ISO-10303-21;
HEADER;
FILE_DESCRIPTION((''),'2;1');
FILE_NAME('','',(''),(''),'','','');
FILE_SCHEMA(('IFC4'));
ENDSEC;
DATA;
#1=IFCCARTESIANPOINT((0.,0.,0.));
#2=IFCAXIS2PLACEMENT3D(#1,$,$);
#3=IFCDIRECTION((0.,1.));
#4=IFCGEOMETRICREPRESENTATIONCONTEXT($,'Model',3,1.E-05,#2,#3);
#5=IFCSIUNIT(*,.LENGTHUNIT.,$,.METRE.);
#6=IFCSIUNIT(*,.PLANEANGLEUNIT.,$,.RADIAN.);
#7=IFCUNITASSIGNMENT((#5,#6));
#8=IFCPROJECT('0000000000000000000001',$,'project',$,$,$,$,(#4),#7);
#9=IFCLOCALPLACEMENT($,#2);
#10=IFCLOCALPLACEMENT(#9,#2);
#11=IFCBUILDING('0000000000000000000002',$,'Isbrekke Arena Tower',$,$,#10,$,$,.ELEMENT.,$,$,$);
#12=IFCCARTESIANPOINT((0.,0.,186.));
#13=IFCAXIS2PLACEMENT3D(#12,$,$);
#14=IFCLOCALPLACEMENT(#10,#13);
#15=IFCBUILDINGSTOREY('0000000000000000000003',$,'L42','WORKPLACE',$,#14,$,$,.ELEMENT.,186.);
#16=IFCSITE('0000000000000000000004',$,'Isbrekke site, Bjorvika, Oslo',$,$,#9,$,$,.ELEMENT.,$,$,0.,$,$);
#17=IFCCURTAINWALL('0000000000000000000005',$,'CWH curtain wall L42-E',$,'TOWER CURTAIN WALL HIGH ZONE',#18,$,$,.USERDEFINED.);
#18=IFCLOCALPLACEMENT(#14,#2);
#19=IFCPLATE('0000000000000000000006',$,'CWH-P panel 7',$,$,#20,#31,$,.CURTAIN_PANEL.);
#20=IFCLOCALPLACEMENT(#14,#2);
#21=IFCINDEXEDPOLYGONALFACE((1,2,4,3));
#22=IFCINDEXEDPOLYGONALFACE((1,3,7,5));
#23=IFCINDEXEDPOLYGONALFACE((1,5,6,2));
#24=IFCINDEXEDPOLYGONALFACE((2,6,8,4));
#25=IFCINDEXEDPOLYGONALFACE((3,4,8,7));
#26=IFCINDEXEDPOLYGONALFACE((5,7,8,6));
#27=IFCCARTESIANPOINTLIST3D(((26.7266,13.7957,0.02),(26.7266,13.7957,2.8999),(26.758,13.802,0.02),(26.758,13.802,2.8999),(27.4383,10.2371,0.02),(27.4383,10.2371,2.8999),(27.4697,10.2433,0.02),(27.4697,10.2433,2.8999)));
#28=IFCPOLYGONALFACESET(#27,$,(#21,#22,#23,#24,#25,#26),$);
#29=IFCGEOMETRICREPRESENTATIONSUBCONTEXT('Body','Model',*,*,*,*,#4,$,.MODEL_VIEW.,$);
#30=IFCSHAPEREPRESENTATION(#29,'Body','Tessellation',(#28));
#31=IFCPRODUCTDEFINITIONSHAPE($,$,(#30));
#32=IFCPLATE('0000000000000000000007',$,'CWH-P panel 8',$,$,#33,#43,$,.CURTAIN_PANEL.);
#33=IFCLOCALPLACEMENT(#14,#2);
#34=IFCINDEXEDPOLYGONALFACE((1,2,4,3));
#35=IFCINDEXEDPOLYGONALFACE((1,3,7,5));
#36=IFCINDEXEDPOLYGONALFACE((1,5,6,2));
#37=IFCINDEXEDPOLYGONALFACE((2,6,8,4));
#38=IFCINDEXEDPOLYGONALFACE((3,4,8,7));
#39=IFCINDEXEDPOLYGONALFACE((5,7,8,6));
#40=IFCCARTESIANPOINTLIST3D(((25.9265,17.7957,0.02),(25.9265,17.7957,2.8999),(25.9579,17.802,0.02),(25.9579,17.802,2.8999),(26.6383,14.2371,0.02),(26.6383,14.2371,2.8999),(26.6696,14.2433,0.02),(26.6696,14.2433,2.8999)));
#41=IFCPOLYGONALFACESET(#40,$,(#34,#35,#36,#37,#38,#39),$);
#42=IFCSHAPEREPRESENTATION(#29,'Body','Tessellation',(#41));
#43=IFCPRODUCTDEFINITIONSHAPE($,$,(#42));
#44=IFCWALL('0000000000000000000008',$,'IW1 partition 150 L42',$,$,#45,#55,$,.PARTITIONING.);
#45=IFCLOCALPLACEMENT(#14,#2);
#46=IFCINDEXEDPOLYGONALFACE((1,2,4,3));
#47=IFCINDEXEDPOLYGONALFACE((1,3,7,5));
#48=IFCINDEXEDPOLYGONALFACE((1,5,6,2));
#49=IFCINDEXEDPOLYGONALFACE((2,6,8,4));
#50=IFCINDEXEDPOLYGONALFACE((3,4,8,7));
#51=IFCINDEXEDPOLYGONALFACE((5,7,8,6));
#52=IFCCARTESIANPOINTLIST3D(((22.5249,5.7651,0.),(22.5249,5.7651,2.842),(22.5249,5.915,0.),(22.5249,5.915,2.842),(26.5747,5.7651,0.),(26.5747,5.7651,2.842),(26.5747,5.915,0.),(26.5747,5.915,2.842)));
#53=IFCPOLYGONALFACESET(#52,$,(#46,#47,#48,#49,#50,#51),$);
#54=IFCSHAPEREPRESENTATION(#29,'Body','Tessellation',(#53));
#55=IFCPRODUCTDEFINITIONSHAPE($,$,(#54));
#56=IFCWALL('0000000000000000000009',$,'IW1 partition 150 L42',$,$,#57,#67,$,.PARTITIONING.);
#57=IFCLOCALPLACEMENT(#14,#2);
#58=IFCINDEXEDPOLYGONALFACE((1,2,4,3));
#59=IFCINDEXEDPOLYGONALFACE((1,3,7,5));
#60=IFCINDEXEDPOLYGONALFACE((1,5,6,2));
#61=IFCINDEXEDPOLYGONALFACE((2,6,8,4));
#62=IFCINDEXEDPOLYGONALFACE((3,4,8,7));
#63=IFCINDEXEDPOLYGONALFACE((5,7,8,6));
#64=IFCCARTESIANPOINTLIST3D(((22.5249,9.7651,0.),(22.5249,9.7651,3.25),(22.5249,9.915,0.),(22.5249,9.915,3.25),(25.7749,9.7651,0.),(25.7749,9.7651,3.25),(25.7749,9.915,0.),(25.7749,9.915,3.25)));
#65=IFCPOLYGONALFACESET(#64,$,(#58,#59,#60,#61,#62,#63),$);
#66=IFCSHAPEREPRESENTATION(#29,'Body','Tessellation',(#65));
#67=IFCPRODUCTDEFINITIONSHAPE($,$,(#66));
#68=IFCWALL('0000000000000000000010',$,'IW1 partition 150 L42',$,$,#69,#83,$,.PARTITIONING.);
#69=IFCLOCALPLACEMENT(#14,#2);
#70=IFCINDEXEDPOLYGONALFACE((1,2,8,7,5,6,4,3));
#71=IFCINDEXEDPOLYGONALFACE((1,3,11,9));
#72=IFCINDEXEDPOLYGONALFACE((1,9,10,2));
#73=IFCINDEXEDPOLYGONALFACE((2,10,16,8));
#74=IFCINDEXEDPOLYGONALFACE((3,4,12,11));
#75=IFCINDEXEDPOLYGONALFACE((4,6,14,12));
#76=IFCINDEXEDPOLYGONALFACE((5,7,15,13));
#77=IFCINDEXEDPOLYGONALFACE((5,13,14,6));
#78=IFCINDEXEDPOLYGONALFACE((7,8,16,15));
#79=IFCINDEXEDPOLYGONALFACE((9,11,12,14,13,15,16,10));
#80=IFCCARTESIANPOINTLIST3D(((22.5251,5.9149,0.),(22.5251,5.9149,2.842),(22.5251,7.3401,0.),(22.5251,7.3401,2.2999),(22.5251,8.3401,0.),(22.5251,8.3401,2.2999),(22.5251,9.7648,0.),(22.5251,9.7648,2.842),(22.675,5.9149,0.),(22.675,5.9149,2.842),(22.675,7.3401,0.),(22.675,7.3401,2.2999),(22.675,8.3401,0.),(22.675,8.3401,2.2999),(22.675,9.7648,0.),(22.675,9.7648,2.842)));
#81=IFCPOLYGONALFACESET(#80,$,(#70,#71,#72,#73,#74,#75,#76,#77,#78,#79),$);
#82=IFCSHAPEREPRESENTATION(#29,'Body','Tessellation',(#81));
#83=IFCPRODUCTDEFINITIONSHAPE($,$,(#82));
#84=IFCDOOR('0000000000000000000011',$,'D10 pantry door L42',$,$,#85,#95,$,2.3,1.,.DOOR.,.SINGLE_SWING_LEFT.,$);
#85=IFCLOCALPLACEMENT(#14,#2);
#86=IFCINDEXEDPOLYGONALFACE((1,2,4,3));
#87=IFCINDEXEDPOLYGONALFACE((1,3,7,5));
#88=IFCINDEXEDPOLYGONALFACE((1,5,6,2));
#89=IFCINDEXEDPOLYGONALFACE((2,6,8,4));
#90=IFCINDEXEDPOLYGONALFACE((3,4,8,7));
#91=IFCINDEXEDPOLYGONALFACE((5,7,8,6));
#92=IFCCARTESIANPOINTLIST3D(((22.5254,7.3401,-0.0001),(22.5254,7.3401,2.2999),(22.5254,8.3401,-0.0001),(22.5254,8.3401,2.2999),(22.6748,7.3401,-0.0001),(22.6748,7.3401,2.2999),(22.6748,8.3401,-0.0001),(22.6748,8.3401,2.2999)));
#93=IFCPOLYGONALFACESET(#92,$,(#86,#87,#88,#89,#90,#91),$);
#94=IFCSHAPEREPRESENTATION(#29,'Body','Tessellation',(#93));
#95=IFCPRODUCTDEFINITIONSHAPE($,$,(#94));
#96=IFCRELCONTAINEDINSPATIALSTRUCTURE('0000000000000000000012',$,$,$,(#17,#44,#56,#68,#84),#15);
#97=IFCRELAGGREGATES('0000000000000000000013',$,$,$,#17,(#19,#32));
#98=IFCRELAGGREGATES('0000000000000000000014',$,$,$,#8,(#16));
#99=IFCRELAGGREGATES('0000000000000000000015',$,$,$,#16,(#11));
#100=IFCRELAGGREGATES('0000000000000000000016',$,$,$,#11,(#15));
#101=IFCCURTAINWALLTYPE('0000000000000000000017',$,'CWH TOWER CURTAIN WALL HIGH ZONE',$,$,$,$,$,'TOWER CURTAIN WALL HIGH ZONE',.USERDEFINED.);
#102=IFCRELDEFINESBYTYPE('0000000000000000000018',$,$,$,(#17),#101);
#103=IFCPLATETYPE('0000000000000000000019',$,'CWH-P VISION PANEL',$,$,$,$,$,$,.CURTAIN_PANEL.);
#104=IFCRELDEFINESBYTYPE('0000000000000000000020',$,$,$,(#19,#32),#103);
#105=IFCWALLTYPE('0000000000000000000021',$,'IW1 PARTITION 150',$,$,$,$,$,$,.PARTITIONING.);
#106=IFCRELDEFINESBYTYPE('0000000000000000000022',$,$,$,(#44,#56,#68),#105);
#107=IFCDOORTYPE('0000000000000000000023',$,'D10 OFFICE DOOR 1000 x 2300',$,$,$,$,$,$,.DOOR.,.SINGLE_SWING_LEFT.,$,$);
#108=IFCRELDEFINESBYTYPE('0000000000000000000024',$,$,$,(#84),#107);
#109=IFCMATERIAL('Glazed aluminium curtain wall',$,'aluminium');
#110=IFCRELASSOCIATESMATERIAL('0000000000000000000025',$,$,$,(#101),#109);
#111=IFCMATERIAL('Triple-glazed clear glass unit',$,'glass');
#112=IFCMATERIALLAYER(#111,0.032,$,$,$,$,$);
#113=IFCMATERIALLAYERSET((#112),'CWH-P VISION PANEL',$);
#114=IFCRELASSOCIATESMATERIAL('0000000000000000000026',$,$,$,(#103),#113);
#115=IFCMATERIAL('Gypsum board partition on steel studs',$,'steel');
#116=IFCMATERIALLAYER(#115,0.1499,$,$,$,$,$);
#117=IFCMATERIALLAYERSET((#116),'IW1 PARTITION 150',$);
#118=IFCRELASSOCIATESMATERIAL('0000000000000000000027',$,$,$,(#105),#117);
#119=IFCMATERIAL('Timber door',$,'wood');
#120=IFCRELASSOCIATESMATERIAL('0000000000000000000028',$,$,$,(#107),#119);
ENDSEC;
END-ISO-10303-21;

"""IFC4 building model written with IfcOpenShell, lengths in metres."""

from ifc_helpers import new_model, si_unit, direction, frame, frame_2d, origin, origin_2d, place, context, subcontext, project, spatial, rectangle, extrude, material, layer, layer_set, type_object, element, fill, aggregate, save


model = new_model("IFC4")

# Units and contexts
model_context = context("Model", 3, precision=1e-05, world=origin(), true_north=direction((0.0, 1.0)))
body_context = subcontext(model_context, "Body", "Model", "MODEL_VIEW")
ifc_project = project(units=[si_unit("LENGTHUNIT", "METRE"), si_unit("PLANEANGLEUNIT", "RADIAN")], contexts=[model_context])

# Site, building, storey
site_placement = place(None, origin())
site = spatial("IfcSite", under=ifc_project, at=site_placement, Name="Isbrekke site, Bjorvika, Oslo", CompositionType="ELEMENT", RefElevation=0.0)
building_placement = place(site_placement, origin())
building = spatial("IfcBuilding", under=site, at=building_placement, Name="Isbrekke Arena Tower", CompositionType="ELEMENT")
storey_placement = place(building_placement, frame((0.0, 0.0, 186.0)))
storey = spatial("IfcBuildingStorey", under=building, at=storey_placement, Name="L42", Description="WORKPLACE", CompositionType="ELEMENT", Elevation=186.0)

# Curtain wall
ifc_material_1 = material(Name="Glazed aluminium curtain wall", Category="aluminium")
curtain_wall_type = type_object("IfcCurtainWallType", Name="CWH TOWER CURTAIN WALL HIGH ZONE", ElementType="TOWER CURTAIN WALL HIGH ZONE", PredefinedType="USERDEFINED", material=ifc_material_1)
curtain_wall_placement = place(storey_placement, origin())
curtain_wall = element("IfcCurtainWall", 1, at=curtain_wall_placement, inside=storey, type_object=curtain_wall_type, Name="CWH curtain wall L42-E", ObjectType="TOWER CURTAIN WALL HIGH ZONE", PredefinedType="USERDEFINED")

# Plates
ifc_material_2 = material(Name="Triple-glazed clear glass unit", Category="glass")
ifc_layer_1 = layer(ifc_material_2, 0.032)
ifc_layer_set_1 = layer_set([ifc_layer_1], Name="CWH-P VISION PANEL")
plate_type = type_object("IfcPlateType", Name="CWH-P VISION PANEL", PredefinedType="CURTAIN_PANEL", material=ifc_layer_set_1)
plate_1_placement = place(storey_placement, frame((27.0981, 12.0195, 0.02), z_axis=(0.0, 0.0, 1.0), x_axis=(-0.196116, 0.980581, 0.0)))
plate_1 = element("IfcPlate", 2, at=plate_1_placement, type_object=plate_type, Name="CWH-P panel 7", PredefinedType="CURTAIN_PANEL", context=body_context, shape_type="SweptSolid", body=[
    extrude(rectangle(XDim=3.6292, YDim=0.032, at=origin_2d()), origin(), (0.0, 0.0, 1.0), 2.8799),
])
plate_2_placement = place(storey_placement, frame((26.2981, 16.0195, 0.02), z_axis=(0.0, 0.0, 1.0), x_axis=(-0.196116, 0.980581, 0.0)))
plate_2 = element("IfcPlate", 3, at=plate_2_placement, type_object=plate_type, Name="CWH-P panel 8", PredefinedType="CURTAIN_PANEL", context=body_context, shape_type="SweptSolid", body=[
    extrude(rectangle(XDim=3.6292, YDim=0.032, at=origin_2d()), origin(), (0.0, 0.0, 1.0), 2.8799),
])
aggregate(curtain_wall, [plate_1, plate_2])

# Walls
ifc_material_3 = material(Name="Gypsum board partition on steel studs", Category="steel")
ifc_layer_2 = layer(ifc_material_3, 0.1499)
ifc_layer_set_2 = layer_set([ifc_layer_2], Name="IW1 PARTITION 150")
wall_type = type_object("IfcWallType", Name="IW1 PARTITION 150", PredefinedType="PARTITIONING", material=ifc_layer_set_2)
wall_1_placement = place(storey_placement, frame((22.5249, 5.8401, 0.0), z_axis=(0.0, 0.0, 1.0), x_axis=(1.0, 0.0, 0.0)))
element("IfcWall", 4, at=wall_1_placement, inside=storey, type_object=wall_type, Name="IW1 partition 150 L42", PredefinedType="PARTITIONING", context=body_context, shape_type="SweptSolid", body=[
    extrude(rectangle(XDim=4.0498, YDim=0.1499, at=frame_2d((2.0249, 0.0))), origin(), (0.0, 0.0, 1.0), 2.842),
])
wall_2_placement = place(storey_placement, frame((22.5249, 9.8401, 0.0), z_axis=(0.0, 0.0, 1.0), x_axis=(1.0, 0.0, 0.0)))
element("IfcWall", 5, at=wall_2_placement, inside=storey, type_object=wall_type, Name="IW1 partition 150 L42", PredefinedType="PARTITIONING", context=body_context, shape_type="SweptSolid", body=[
    extrude(rectangle(XDim=3.25, YDim=0.1499, at=frame_2d((1.625, 0.0))), origin(), (0.0, 0.0, 1.0), 3.25),
])

# Wall, opening, door
wall_3_placement = place(storey_placement, frame((22.6001, 5.915, 0.0), z_axis=(0.0, 0.0, 1.0), x_axis=(0.0, 1.0, 0.0)))
wall_3 = element("IfcWall", 6, at=wall_3_placement, inside=storey, type_object=wall_type, Name="IW1 partition 150 L42", PredefinedType="PARTITIONING", context=body_context, shape_type="SweptSolid", body=[
    extrude(rectangle(XDim=3.8499, YDim=0.1499, at=frame_2d((1.9248, 0.0))), origin(), (0.0, 0.0, 1.0), 2.842),
])
opening_placement = place(wall_3_placement, frame((1.425, 0.0, 0.0)))
opening = element("IfcOpeningElement", 7, at=opening_placement, cuts=wall_3, PredefinedType="OPENING", context=body_context, shape_type="SweptSolid", body=[
    extrude(rectangle(XDim=1.0, YDim=2.3, at=frame_2d((0.5, 1.1499))), frame((0.0, 0.0898, 0.0), z_axis=(0.0, -1.0, 0.0), x_axis=(1.0, 0.0, 0.0)), (0.0, 0.0, 1.0), 0.1797),
])
ifc_material_4 = material(Name="Timber door", Category="wood")
door_type = type_object("IfcDoorType", Name="D10 OFFICE DOOR 1000 x 2300", OperationType="SINGLE_SWING_LEFT", PredefinedType="DOOR", material=ifc_material_4)
door_placement = place(opening_placement, origin())
door = element("IfcDoor", 8, at=door_placement, inside=storey, type_object=door_type, Name="D10 pantry door L42", OperationType="SINGLE_SWING_LEFT", OverallHeight=2.3, OverallWidth=1.0, PredefinedType="DOOR", context=body_context, shape_type="SweptSolid", body=[
    extrude(rectangle(XDim=1.0, YDim=2.3, at=frame_2d((0.5, 1.1499))), frame((0.0, 0.0747, 0.0), z_axis=(0.0, -1.0, 0.0), x_axis=(1.0, 0.0, 0.0)), (0.0, 0.0, 1.0), 0.1494),
])
fill(opening, door)

save(model, "model.ifc")
